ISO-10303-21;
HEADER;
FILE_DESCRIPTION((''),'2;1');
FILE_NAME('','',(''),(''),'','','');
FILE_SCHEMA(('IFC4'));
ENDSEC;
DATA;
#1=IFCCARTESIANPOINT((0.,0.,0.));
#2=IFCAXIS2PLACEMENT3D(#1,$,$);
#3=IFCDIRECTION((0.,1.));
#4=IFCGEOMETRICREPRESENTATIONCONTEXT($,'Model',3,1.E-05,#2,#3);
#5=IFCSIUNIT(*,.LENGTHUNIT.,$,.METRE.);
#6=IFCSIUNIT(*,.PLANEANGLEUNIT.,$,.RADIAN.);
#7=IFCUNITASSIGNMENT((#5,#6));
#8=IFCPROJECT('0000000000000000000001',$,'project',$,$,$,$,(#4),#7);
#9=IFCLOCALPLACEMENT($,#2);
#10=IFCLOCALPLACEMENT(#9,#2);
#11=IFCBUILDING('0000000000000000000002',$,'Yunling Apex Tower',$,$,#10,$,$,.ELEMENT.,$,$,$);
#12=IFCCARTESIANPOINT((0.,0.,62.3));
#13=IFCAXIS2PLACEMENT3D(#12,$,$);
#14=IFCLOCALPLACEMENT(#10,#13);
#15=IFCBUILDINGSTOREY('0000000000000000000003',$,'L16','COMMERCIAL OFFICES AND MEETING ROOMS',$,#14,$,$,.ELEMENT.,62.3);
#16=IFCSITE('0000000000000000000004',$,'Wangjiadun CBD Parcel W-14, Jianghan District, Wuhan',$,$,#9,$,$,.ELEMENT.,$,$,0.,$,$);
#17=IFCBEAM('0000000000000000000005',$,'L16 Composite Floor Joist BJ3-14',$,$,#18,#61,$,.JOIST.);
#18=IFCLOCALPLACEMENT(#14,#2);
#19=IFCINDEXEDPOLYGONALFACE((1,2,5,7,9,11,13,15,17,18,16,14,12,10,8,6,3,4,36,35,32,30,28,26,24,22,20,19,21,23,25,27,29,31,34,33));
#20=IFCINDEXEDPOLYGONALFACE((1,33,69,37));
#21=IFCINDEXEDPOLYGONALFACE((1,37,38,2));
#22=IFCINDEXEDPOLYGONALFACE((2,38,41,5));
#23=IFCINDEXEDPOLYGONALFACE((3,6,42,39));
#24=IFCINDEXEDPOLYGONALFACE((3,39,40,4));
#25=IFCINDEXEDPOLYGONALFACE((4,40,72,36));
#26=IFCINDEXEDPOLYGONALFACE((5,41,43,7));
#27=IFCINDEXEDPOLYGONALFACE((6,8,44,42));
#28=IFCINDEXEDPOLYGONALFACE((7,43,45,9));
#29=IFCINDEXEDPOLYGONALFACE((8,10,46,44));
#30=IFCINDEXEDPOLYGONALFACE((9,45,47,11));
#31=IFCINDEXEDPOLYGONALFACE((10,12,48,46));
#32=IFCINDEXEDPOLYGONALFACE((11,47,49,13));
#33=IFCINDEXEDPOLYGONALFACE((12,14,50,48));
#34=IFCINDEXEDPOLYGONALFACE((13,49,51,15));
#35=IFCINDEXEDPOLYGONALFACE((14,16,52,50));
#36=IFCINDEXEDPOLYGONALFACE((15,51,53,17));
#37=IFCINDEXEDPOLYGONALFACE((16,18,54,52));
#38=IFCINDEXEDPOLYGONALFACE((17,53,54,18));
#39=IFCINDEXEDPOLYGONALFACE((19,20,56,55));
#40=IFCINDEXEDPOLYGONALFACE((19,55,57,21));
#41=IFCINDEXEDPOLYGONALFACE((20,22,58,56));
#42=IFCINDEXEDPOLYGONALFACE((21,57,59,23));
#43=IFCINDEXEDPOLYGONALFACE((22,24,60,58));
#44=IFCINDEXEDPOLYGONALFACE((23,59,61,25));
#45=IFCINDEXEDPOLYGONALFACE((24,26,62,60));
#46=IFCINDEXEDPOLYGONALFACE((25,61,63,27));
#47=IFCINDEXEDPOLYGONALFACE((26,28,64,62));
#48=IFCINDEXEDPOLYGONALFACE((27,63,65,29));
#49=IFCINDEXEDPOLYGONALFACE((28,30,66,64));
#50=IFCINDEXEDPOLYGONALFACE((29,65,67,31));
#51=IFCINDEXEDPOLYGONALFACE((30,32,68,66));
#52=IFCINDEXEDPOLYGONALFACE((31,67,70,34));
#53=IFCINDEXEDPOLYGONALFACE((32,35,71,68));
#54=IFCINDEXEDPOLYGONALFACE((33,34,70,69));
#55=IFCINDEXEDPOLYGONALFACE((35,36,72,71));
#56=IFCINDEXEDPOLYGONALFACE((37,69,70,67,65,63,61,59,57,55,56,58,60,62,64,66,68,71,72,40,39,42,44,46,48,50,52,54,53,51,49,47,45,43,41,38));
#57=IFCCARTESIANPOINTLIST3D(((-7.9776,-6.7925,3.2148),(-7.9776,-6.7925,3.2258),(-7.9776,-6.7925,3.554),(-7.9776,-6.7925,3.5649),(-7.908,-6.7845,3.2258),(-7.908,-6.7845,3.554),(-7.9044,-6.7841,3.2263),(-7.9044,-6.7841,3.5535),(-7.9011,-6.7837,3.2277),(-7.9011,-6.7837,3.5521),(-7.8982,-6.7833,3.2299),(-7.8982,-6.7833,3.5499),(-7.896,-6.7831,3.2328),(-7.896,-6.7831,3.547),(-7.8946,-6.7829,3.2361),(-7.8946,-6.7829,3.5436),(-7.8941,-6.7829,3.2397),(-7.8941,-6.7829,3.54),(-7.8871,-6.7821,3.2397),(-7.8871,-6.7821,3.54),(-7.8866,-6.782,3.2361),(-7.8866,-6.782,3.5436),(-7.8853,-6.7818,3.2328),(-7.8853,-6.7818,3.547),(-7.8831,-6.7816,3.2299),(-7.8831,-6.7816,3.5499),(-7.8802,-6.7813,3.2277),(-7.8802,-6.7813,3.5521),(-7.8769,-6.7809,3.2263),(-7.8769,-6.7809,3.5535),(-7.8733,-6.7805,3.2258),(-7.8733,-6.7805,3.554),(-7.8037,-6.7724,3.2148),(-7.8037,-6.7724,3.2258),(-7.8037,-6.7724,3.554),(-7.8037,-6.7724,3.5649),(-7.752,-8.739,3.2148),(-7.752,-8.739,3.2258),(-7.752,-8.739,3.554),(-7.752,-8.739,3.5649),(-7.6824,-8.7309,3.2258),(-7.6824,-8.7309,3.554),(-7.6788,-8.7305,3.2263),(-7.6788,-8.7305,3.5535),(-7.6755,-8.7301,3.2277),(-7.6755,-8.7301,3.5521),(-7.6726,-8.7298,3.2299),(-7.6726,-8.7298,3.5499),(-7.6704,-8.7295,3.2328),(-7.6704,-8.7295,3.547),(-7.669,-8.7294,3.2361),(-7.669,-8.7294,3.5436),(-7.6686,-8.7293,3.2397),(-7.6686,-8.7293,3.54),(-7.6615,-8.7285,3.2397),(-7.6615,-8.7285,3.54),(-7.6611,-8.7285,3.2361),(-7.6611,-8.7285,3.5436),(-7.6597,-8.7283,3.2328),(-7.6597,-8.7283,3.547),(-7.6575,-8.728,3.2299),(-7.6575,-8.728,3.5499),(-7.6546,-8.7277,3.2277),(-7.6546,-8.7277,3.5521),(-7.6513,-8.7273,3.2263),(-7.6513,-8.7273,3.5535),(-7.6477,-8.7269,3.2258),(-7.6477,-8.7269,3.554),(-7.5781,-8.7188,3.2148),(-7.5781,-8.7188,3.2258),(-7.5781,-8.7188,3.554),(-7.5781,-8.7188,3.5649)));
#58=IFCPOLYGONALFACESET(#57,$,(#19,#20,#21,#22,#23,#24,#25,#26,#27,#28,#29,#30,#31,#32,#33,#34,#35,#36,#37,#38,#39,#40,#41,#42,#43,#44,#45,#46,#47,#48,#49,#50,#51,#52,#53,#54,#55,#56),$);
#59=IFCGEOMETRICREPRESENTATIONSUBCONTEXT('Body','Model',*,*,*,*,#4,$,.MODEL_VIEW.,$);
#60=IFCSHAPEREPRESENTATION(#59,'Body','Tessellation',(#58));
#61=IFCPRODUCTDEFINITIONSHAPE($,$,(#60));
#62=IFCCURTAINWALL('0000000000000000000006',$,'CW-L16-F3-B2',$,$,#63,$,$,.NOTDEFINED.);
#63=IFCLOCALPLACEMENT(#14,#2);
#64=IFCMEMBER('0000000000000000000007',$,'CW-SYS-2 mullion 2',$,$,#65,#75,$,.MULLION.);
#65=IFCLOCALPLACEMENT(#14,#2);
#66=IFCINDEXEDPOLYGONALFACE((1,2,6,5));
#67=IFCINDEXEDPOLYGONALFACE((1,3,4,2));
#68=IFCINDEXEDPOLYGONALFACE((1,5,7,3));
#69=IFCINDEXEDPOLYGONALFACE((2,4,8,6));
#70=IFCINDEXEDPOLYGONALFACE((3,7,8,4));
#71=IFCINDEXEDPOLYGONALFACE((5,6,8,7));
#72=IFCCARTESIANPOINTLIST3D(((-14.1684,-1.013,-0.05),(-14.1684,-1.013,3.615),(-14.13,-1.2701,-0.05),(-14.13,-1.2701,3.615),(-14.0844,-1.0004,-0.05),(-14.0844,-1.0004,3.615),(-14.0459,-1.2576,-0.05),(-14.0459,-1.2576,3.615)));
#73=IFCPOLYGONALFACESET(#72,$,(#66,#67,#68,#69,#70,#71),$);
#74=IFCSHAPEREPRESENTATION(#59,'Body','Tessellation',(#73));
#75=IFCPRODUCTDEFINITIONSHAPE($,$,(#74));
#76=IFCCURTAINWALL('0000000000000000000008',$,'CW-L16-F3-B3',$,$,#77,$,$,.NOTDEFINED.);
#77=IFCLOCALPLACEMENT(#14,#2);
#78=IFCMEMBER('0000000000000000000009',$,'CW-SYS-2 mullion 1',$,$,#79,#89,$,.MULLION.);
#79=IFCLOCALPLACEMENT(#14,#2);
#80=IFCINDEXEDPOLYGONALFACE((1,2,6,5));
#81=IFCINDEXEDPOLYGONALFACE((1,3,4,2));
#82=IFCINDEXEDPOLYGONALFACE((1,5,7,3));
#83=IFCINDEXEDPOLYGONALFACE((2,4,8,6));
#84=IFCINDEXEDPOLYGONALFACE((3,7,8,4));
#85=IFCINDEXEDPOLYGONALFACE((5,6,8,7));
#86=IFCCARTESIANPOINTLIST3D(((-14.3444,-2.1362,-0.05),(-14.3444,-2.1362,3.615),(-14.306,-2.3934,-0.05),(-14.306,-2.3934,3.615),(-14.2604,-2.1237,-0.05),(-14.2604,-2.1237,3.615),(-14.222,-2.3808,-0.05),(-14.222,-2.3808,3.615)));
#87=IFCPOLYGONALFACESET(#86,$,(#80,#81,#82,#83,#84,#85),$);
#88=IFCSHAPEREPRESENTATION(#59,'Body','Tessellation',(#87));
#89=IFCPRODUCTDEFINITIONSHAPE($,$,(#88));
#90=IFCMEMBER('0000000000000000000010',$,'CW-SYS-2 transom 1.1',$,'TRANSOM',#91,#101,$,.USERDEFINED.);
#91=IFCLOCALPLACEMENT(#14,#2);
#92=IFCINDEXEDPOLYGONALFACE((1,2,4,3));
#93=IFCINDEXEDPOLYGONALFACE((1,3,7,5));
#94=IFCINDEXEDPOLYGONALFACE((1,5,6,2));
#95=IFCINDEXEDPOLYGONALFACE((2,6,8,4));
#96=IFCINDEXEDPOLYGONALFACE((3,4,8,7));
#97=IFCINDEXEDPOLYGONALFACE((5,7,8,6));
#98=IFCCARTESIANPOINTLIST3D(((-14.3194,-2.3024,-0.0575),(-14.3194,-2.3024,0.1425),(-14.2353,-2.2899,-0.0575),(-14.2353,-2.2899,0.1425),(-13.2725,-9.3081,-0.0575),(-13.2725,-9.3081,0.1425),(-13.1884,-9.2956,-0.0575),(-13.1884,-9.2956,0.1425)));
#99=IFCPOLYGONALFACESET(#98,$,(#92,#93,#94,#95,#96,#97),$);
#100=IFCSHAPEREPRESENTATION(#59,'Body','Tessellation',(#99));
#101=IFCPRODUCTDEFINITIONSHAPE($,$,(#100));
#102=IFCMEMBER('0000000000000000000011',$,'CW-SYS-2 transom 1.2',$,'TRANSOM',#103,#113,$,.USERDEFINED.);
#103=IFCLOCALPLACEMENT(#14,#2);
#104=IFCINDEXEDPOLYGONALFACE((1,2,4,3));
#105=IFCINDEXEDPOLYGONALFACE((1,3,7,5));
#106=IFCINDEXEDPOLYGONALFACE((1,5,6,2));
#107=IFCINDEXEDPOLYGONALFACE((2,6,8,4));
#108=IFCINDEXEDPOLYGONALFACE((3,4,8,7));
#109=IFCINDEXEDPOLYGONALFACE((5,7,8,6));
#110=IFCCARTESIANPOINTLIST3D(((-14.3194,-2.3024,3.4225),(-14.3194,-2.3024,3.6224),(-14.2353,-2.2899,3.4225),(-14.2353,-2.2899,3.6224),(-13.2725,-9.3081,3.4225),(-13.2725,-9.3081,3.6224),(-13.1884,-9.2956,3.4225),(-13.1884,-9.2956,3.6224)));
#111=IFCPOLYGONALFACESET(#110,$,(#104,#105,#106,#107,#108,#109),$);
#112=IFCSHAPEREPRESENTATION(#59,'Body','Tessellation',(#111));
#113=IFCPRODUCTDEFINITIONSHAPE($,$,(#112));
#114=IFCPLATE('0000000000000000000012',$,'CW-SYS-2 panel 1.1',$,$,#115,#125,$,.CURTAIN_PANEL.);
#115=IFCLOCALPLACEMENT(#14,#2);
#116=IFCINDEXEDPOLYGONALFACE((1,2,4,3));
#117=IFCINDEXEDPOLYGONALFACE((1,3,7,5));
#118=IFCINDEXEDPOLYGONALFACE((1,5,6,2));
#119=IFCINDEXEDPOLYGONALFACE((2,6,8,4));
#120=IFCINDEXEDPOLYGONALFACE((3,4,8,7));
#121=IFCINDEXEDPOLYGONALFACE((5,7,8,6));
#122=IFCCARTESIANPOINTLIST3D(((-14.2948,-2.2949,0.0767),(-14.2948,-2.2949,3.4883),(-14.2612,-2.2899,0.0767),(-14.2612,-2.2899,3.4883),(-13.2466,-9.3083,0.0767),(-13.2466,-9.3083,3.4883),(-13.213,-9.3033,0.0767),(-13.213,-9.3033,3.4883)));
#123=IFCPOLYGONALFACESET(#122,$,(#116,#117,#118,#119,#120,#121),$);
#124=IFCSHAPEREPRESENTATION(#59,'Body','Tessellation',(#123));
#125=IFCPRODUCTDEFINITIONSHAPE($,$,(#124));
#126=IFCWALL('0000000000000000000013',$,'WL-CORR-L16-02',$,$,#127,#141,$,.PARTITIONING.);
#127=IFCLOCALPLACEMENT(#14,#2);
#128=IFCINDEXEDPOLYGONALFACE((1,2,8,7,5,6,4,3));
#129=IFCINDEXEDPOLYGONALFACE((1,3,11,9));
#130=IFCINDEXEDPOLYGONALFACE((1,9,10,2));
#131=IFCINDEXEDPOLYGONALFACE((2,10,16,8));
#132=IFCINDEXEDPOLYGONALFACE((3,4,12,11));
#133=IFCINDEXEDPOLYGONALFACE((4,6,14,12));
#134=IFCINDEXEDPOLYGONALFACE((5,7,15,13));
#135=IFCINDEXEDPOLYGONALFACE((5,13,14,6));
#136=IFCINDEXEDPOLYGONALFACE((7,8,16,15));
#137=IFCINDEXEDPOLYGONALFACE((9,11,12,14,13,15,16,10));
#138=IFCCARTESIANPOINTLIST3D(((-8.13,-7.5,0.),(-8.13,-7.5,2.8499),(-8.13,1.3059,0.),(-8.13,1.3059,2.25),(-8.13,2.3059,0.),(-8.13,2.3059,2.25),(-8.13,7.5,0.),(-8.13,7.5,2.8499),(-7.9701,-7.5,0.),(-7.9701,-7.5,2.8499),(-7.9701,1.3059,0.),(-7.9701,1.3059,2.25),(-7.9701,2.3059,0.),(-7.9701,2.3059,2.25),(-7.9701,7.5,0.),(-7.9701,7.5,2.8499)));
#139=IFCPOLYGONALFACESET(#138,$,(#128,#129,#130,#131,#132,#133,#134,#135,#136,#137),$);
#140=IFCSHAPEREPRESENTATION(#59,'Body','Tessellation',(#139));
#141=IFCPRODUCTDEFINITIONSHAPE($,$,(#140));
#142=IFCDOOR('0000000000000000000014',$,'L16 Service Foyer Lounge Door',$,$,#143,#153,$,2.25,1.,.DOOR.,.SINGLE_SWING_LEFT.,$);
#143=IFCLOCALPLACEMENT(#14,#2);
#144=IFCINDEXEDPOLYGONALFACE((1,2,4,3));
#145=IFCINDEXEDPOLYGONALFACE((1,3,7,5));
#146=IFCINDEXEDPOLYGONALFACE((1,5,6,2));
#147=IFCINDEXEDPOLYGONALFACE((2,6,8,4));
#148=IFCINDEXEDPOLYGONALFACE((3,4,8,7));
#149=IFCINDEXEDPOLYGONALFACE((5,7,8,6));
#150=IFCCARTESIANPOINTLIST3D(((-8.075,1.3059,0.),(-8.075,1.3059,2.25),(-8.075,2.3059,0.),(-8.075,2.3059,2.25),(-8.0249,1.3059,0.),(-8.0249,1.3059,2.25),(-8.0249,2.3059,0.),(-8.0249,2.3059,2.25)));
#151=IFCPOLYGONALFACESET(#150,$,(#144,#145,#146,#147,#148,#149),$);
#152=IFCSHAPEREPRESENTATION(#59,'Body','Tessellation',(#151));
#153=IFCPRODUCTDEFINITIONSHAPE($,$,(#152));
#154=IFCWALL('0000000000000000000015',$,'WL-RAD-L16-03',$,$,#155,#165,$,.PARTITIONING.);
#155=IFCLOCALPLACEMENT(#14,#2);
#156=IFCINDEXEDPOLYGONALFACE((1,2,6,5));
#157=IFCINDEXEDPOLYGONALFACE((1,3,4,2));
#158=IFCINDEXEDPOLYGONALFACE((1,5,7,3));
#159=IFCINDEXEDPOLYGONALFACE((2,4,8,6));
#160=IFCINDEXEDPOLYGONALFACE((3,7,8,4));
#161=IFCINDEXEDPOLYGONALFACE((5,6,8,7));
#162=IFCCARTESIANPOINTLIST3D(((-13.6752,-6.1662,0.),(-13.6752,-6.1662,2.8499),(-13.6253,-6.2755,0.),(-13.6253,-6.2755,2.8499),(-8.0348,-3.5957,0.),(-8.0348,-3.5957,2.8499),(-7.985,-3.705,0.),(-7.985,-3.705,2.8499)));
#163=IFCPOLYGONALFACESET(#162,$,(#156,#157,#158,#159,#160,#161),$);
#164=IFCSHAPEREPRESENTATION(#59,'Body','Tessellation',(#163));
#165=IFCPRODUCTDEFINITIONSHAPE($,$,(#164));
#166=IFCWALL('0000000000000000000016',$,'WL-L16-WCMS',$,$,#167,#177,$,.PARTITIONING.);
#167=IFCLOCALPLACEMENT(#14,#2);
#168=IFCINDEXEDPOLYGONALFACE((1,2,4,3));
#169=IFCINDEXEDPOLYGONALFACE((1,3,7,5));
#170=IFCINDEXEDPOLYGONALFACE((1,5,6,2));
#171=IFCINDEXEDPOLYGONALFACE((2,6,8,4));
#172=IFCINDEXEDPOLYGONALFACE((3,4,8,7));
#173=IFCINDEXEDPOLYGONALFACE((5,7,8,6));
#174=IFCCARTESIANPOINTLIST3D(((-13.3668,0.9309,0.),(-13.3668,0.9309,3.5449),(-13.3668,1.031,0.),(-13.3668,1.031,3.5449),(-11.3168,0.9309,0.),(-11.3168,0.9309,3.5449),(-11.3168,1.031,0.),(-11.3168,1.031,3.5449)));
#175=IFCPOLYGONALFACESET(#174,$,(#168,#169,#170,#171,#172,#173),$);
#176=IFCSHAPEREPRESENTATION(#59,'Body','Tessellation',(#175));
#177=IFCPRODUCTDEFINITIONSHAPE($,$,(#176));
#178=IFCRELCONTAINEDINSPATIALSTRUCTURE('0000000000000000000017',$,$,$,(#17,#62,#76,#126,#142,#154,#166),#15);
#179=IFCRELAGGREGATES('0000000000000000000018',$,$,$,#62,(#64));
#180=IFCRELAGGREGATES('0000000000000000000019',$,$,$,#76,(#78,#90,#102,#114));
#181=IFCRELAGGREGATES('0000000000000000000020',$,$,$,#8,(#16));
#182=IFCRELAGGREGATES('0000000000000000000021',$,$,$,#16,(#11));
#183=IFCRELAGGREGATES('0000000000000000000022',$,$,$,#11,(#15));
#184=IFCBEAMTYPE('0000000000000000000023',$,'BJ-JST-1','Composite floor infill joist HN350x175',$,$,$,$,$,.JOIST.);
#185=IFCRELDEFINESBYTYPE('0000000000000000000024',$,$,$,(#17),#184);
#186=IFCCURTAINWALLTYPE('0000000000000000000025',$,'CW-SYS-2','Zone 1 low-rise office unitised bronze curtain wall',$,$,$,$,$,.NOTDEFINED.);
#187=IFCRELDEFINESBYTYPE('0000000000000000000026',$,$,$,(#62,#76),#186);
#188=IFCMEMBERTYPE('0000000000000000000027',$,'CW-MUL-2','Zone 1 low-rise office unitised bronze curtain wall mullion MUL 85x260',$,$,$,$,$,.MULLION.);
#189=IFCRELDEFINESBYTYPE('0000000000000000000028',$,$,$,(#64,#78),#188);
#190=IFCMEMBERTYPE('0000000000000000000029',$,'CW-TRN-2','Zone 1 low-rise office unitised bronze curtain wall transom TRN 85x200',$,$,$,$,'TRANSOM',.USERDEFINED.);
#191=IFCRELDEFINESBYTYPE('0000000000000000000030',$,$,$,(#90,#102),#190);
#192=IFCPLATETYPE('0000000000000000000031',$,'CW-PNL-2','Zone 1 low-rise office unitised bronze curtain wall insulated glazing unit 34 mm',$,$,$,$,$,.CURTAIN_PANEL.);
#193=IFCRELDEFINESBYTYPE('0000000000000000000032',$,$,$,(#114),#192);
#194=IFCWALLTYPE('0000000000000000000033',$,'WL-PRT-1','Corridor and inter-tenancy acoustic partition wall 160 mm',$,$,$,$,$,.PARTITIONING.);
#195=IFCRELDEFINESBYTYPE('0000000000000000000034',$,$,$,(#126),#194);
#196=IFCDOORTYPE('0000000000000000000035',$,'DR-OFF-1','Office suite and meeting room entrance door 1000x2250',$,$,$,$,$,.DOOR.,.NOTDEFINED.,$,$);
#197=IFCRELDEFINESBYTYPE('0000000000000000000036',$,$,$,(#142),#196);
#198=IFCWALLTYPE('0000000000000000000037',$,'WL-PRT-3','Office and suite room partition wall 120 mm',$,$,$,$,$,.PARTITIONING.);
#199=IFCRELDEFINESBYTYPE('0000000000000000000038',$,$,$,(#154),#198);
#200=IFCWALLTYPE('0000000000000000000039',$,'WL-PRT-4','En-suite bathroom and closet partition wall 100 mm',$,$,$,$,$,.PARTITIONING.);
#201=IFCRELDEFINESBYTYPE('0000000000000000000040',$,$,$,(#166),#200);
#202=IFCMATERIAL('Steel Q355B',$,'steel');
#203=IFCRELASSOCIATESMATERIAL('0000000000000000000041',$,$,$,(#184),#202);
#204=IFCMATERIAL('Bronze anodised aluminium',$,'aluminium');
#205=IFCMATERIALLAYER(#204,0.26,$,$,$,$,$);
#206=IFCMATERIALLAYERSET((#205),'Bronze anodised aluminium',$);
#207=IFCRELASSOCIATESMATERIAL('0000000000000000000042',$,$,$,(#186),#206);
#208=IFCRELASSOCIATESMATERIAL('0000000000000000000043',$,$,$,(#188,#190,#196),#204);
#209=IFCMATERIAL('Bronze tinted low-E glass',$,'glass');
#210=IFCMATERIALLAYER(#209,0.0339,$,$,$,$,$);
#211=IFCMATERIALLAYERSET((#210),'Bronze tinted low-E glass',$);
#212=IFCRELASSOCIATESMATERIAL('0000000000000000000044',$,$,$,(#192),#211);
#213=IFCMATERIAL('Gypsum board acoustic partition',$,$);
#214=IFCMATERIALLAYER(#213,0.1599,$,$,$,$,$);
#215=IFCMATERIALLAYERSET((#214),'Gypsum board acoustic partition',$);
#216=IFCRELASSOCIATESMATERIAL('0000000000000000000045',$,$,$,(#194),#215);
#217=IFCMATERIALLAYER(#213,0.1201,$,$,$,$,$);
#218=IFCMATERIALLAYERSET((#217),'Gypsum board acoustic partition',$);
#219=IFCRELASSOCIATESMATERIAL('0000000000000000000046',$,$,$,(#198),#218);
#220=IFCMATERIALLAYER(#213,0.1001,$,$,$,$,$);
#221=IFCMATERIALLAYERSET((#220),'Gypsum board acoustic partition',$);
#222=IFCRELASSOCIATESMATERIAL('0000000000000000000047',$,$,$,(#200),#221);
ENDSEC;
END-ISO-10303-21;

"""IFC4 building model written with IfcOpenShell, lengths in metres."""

from ifc_helpers import new_model, si_unit, direction, frame, frame_2d, origin, origin_2d, place, context, subcontext, project, spatial, rectangle, i_section, extrude, source, transform, mapped, material, layer, layer_set, material_profile, profile_set, type_object, element, fill, aggregate, save


model = new_model("IFC4")

# Units and contexts
model_context = context("Model", 3, precision=1e-05, world=origin(), true_north=direction((0.0, 1.0)))
body_context = subcontext(model_context, "Body", "Model", "MODEL_VIEW")
ifc_project = project(units=[si_unit("LENGTHUNIT", "METRE"), si_unit("PLANEANGLEUNIT", "RADIAN")], contexts=[model_context])

# Site, building, storey
site_placement = place(None, origin())
site = spatial("IfcSite", under=ifc_project, at=site_placement, Name="Wangjiadun CBD Parcel W-14, Jianghan District, Wuhan", CompositionType="ELEMENT", RefElevation=0.0)
building_placement = place(site_placement, origin())
building = spatial("IfcBuilding", under=site, at=building_placement, Name="Yunling Apex Tower", CompositionType="ELEMENT")
storey_placement = place(building_placement, frame((0.0, 0.0, 62.3)))
storey = spatial("IfcBuildingStorey", under=building, at=storey_placement, Name="L16", Description="COMMERCIAL OFFICES AND MEETING ROOMS", CompositionType="ELEMENT", Elevation=62.3)

# Beam
ifc_material_1 = material(Name="Steel Q355B", Category="steel")
ifc_material_profile_1 = material_profile(ifc_material_1, i_section(OverallWidth=0.175, OverallDepth=0.3501, WebThickness=0.0071, FlangeThickness=0.011, FilletRadius=0.0139, at=origin_2d()))
ifc_profile_set_1 = profile_set([ifc_material_profile_1], Name="Steel Q355B")
beam_type_1 = type_object("IfcBeamType", Name="BJ-JST-1", Description="Composite floor infill joist HN350x175", PredefinedType="JOIST", material=ifc_profile_set_1)
shared_shape_1 = source(origin(), body_context, "Body", "SweptSolid", [
    extrude(i_section(OverallWidth=0.175, OverallDepth=0.3501, WebThickness=0.0071, FlangeThickness=0.011, FilletRadius=0.0139, at=origin_2d()), origin(), (0.0, 0.0, 1.0), 1.9595),
])
beam_1_placement = place(storey_placement, frame((-7.8906, -6.7825, 3.3899), z_axis=(0.115121, -0.993352, 0.0), x_axis=(0.993352, 0.115121, 0.0)))
element("IfcBeam", 1, at=beam_1_placement, inside=storey, type_object=beam_type_1, Name="L16 Composite Floor Joist BJ3-14", PredefinedType="JOIST", context=body_context, shape_type="MappedRepresentation", body=[
    mapped(shared_shape_1, transform((0.0, 0.0, 0.0), scale=1.0)),
])

# Curtain wall, member
ifc_material_2 = material(Name="Bronze anodised aluminium", Category="aluminium")
ifc_layer_1 = layer(ifc_material_2, 0.26)
ifc_layer_set_1 = layer_set([ifc_layer_1], Name="Bronze anodised aluminium")
curtain_wall_type = type_object("IfcCurtainWallType", Name="CW-SYS-2", Description="Zone 1 low-rise office unitised bronze curtain wall", PredefinedType="NOTDEFINED", material=ifc_layer_set_1)
curtain_wall_1_placement = place(storey_placement, origin())
curtain_wall_1 = element("IfcCurtainWall", 2, at=curtain_wall_1_placement, inside=storey, type_object=curtain_wall_type, Name="CW-L16-F3-B2", PredefinedType="NOTDEFINED")
ifc_material_profile_2 = material_profile(ifc_material_2, rectangle(XDim=0.085, YDim=0.26, at=origin_2d()))
ifc_profile_set_2 = profile_set([ifc_material_profile_2], Name="Bronze anodised aluminium")
member_type_1 = type_object("IfcMemberType", Name="CW-MUL-2", Description="Zone 1 low-rise office unitised bronze curtain wall mullion MUL 85x260", PredefinedType="MULLION", material=ifc_profile_set_2)
shared_shape_2 = source(origin(), body_context, "Body", "SweptSolid", [
    extrude(rectangle(XDim=0.085, YDim=0.26, at=origin_2d()), origin(), (0.0, 0.0, 1.0), 3.665),
])
member_1_placement = place(storey_placement, frame((-14.1072, -1.1353, -0.05), z_axis=(0.0, 0.0, 1.0), x_axis=(0.989017, 0.147801, 0.0)))
member_1 = element("IfcMember", 3, at=member_1_placement, type_object=member_type_1, Name="CW-SYS-2 mullion 2", PredefinedType="MULLION", context=body_context, shape_type="MappedRepresentation", body=[
    mapped(shared_shape_2, transform((0.0, 0.0, 0.0), scale=1.0)),
])
aggregate(curtain_wall_1, [member_1])

# Curtain wall, members, plate
curtain_wall_2_placement = place(storey_placement, origin())
curtain_wall_2 = element("IfcCurtainWall", 4, at=curtain_wall_2_placement, inside=storey, type_object=curtain_wall_type, Name="CW-L16-F3-B3", PredefinedType="NOTDEFINED")
member_2_placement = place(storey_placement, frame((-14.2832, -2.2585, -0.05), z_axis=(0.0, 0.0, 1.0), x_axis=(0.989015, 0.147815, 0.0)))
member_2 = element("IfcMember", 5, at=member_2_placement, type_object=member_type_1, Name="CW-SYS-2 mullion 1", PredefinedType="MULLION", context=body_context, shape_type="MappedRepresentation", body=[
    mapped(shared_shape_2, transform((0.0, 0.0, 0.0), scale=1.0)),
])
ifc_material_profile_3 = material_profile(ifc_material_2, rectangle(XDim=0.085, YDim=0.2, at=origin_2d()))
ifc_profile_set_3 = profile_set([ifc_material_profile_3], Name="Bronze anodised aluminium")
member_type_2 = type_object("IfcMemberType", Name="CW-TRN-2", Description="Zone 1 low-rise office unitised bronze curtain wall transom TRN 85x200", ElementType="TRANSOM", PredefinedType="USERDEFINED", material=ifc_profile_set_3)
shared_shape_3 = source(origin(), body_context, "Body", "SweptSolid", [
    extrude(rectangle(XDim=0.085, YDim=0.2, at=origin_2d()), origin(), (0.0, 0.0, 1.0), 7.0835),
])
member_3_placement = place(storey_placement, frame((-14.2773, -2.2961, 0.0425), z_axis=(0.147793, -0.989018, 0.0), x_axis=(0.989018, 0.147793, 0.0)))
member_3 = element("IfcMember", 6, at=member_3_placement, type_object=member_type_2, Name="CW-SYS-2 transom 1.1", ObjectType="TRANSOM", PredefinedType="USERDEFINED", context=body_context, shape_type="MappedRepresentation", body=[
    mapped(shared_shape_3, transform((0.0, 0.0, 0.0), scale=1.0)),
])
member_4_placement = place(storey_placement, frame((-14.2773, -2.2961, 3.5225), z_axis=(0.147793, -0.989018, 0.0), x_axis=(0.989018, 0.147793, 0.0)))
member_4 = element("IfcMember", 7, at=member_4_placement, type_object=member_type_2, Name="CW-SYS-2 transom 1.2", ObjectType="TRANSOM", PredefinedType="USERDEFINED", context=body_context, shape_type="MappedRepresentation", body=[
    mapped(shared_shape_3, transform((0.0, 0.0, 0.0), scale=1.0)),
])
ifc_material_3 = material(Name="Bronze tinted low-E glass", Category="glass")
ifc_layer_2 = layer(ifc_material_3, 0.0339)
ifc_layer_set_2 = layer_set([ifc_layer_2], Name="Bronze tinted low-E glass")
plate_type = type_object("IfcPlateType", Name="CW-PNL-2", Description="Zone 1 low-rise office unitised bronze curtain wall insulated glazing unit 34 mm", PredefinedType="CURTAIN_PANEL", material=ifc_layer_set_2)
shared_shape_4 = source(origin(), body_context, "Body", "SweptSolid", [
    extrude(rectangle(XDim=7.0913, YDim=0.0339, at=origin_2d()), origin(), (0.0, 0.0, 1.0), 3.4116),
])
plate_placement = place(storey_placement, frame((-13.7539, -5.7991, 0.0767), z_axis=(0.0, 0.0, 1.0), x_axis=(0.147815, -0.989015, 0.0)))
plate = element("IfcPlate", 8, at=plate_placement, type_object=plate_type, Name="CW-SYS-2 panel 1.1", PredefinedType="CURTAIN_PANEL", context=body_context, shape_type="MappedRepresentation", body=[
    mapped(shared_shape_4, transform((0.0, 0.0, 0.0), scale=1.0)),
])
aggregate(curtain_wall_2, [member_2, member_3, member_4, plate])

# Wall, opening, door
ifc_material_4 = material(Name="Gypsum board acoustic partition")
ifc_layer_3 = layer(ifc_material_4, 0.1599)
ifc_layer_set_3 = layer_set([ifc_layer_3], Name="Gypsum board acoustic partition")
wall_type_1 = type_object("IfcWallType", Name="WL-PRT-1", Description="Corridor and inter-tenancy acoustic partition wall 160 mm", PredefinedType="PARTITIONING", material=ifc_layer_set_3)
wall_1_placement = place(storey_placement, frame((-8.05, -7.5, 0.0), z_axis=(0.0, 0.0, 1.0), x_axis=(0.0, 1.0, 0.0)))
wall_1 = element("IfcWall", 9, at=wall_1_placement, inside=storey, type_object=wall_type_1, Name="WL-CORR-L16-02", PredefinedType="PARTITIONING", context=body_context, shape_type="SweptSolid", body=[
    extrude(rectangle(XDim=15.0, YDim=0.1599, at=frame_2d((7.5, 0.0))), origin(), (0.0, 0.0, 1.0), 2.8499),
])
opening_placement = place(wall_1_placement, frame((8.8059, 0.0, 0.0)))
opening = element("IfcOpeningElement", 10, at=opening_placement, cuts=wall_1, PredefinedType="OPENING", context=body_context, shape_type="SweptSolid", body=[
    extrude(rectangle(XDim=1.0, YDim=2.25, at=frame_2d((0.5, 1.125))), frame((0.0, 0.0898, 0.0), z_axis=(0.0, -1.0, 0.0), x_axis=(1.0, 0.0, 0.0)), (0.0, 0.0, 1.0), 0.1799),
])
door_type = type_object("IfcDoorType", Name="DR-OFF-1", Description="Office suite and meeting room entrance door 1000x2250", OperationType="NOTDEFINED", PredefinedType="DOOR", material=ifc_material_2)
door_placement = place(opening_placement, origin())
door = element("IfcDoor", 11, at=door_placement, inside=storey, type_object=door_type, Name="L16 Service Foyer Lounge Door", OperationType="SINGLE_SWING_LEFT", OverallHeight=2.25, OverallWidth=1.0, PredefinedType="DOOR", context=body_context, shape_type="SweptSolid", body=[
    extrude(rectangle(XDim=1.0, YDim=2.25, at=frame_2d((0.5, 1.125))), frame((0.0, 0.0249, 0.0), z_axis=(0.0, -1.0, 0.0), x_axis=(1.0, 0.0, 0.0)), (0.0, 0.0, 1.0), 0.05),
])
fill(opening, door)

# Walls
ifc_layer_4 = layer(ifc_material_4, 0.1201)
ifc_layer_set_4 = layer_set([ifc_layer_4], Name="Gypsum board acoustic partition")
wall_type_2 = type_object("IfcWallType", Name="WL-PRT-3", Description="Office and suite room partition wall 120 mm", PredefinedType="PARTITIONING", material=ifc_layer_set_4)
wall_2_placement = place(storey_placement, frame((-8.01, -3.6504, 0.0), z_axis=(0.0, 0.0, 1.0), x_axis=(-0.909956, -0.414705, 0.0)))
element("IfcWall", 12, at=wall_2_placement, inside=storey, type_object=wall_type_2, Name="WL-RAD-L16-03", PredefinedType="PARTITIONING", context=body_context, shape_type="SweptSolid", body=[
    extrude(rectangle(XDim=6.1985, YDim=0.1201, at=frame_2d((3.0991, 0.0))), origin(), (0.0, 0.0, 1.0), 2.8499),
])
ifc_layer_5 = layer(ifc_material_4, 0.1001)
ifc_layer_set_5 = layer_set([ifc_layer_5], Name="Gypsum board acoustic partition")
wall_type_3 = type_object("IfcWallType", Name="WL-PRT-4", Description="En-suite bathroom and closet partition wall 100 mm", PredefinedType="PARTITIONING", material=ifc_layer_set_5)
wall_3_placement = place(storey_placement, frame((-11.3169, 0.981, 0.0), z_axis=(0.0, 0.0, 1.0), x_axis=(-1.0, 0.0, 0.0)))
element("IfcWall", 13, at=wall_3_placement, inside=storey, type_object=wall_type_3, Name="WL-L16-WCMS", PredefinedType="PARTITIONING", context=body_context, shape_type="SweptSolid", body=[
    extrude(rectangle(XDim=2.05, YDim=0.1001, at=frame_2d((1.0249, 0.0))), origin(), (0.0, 0.0, 1.0), 3.5449),
])

save(model, "model.ifc")
